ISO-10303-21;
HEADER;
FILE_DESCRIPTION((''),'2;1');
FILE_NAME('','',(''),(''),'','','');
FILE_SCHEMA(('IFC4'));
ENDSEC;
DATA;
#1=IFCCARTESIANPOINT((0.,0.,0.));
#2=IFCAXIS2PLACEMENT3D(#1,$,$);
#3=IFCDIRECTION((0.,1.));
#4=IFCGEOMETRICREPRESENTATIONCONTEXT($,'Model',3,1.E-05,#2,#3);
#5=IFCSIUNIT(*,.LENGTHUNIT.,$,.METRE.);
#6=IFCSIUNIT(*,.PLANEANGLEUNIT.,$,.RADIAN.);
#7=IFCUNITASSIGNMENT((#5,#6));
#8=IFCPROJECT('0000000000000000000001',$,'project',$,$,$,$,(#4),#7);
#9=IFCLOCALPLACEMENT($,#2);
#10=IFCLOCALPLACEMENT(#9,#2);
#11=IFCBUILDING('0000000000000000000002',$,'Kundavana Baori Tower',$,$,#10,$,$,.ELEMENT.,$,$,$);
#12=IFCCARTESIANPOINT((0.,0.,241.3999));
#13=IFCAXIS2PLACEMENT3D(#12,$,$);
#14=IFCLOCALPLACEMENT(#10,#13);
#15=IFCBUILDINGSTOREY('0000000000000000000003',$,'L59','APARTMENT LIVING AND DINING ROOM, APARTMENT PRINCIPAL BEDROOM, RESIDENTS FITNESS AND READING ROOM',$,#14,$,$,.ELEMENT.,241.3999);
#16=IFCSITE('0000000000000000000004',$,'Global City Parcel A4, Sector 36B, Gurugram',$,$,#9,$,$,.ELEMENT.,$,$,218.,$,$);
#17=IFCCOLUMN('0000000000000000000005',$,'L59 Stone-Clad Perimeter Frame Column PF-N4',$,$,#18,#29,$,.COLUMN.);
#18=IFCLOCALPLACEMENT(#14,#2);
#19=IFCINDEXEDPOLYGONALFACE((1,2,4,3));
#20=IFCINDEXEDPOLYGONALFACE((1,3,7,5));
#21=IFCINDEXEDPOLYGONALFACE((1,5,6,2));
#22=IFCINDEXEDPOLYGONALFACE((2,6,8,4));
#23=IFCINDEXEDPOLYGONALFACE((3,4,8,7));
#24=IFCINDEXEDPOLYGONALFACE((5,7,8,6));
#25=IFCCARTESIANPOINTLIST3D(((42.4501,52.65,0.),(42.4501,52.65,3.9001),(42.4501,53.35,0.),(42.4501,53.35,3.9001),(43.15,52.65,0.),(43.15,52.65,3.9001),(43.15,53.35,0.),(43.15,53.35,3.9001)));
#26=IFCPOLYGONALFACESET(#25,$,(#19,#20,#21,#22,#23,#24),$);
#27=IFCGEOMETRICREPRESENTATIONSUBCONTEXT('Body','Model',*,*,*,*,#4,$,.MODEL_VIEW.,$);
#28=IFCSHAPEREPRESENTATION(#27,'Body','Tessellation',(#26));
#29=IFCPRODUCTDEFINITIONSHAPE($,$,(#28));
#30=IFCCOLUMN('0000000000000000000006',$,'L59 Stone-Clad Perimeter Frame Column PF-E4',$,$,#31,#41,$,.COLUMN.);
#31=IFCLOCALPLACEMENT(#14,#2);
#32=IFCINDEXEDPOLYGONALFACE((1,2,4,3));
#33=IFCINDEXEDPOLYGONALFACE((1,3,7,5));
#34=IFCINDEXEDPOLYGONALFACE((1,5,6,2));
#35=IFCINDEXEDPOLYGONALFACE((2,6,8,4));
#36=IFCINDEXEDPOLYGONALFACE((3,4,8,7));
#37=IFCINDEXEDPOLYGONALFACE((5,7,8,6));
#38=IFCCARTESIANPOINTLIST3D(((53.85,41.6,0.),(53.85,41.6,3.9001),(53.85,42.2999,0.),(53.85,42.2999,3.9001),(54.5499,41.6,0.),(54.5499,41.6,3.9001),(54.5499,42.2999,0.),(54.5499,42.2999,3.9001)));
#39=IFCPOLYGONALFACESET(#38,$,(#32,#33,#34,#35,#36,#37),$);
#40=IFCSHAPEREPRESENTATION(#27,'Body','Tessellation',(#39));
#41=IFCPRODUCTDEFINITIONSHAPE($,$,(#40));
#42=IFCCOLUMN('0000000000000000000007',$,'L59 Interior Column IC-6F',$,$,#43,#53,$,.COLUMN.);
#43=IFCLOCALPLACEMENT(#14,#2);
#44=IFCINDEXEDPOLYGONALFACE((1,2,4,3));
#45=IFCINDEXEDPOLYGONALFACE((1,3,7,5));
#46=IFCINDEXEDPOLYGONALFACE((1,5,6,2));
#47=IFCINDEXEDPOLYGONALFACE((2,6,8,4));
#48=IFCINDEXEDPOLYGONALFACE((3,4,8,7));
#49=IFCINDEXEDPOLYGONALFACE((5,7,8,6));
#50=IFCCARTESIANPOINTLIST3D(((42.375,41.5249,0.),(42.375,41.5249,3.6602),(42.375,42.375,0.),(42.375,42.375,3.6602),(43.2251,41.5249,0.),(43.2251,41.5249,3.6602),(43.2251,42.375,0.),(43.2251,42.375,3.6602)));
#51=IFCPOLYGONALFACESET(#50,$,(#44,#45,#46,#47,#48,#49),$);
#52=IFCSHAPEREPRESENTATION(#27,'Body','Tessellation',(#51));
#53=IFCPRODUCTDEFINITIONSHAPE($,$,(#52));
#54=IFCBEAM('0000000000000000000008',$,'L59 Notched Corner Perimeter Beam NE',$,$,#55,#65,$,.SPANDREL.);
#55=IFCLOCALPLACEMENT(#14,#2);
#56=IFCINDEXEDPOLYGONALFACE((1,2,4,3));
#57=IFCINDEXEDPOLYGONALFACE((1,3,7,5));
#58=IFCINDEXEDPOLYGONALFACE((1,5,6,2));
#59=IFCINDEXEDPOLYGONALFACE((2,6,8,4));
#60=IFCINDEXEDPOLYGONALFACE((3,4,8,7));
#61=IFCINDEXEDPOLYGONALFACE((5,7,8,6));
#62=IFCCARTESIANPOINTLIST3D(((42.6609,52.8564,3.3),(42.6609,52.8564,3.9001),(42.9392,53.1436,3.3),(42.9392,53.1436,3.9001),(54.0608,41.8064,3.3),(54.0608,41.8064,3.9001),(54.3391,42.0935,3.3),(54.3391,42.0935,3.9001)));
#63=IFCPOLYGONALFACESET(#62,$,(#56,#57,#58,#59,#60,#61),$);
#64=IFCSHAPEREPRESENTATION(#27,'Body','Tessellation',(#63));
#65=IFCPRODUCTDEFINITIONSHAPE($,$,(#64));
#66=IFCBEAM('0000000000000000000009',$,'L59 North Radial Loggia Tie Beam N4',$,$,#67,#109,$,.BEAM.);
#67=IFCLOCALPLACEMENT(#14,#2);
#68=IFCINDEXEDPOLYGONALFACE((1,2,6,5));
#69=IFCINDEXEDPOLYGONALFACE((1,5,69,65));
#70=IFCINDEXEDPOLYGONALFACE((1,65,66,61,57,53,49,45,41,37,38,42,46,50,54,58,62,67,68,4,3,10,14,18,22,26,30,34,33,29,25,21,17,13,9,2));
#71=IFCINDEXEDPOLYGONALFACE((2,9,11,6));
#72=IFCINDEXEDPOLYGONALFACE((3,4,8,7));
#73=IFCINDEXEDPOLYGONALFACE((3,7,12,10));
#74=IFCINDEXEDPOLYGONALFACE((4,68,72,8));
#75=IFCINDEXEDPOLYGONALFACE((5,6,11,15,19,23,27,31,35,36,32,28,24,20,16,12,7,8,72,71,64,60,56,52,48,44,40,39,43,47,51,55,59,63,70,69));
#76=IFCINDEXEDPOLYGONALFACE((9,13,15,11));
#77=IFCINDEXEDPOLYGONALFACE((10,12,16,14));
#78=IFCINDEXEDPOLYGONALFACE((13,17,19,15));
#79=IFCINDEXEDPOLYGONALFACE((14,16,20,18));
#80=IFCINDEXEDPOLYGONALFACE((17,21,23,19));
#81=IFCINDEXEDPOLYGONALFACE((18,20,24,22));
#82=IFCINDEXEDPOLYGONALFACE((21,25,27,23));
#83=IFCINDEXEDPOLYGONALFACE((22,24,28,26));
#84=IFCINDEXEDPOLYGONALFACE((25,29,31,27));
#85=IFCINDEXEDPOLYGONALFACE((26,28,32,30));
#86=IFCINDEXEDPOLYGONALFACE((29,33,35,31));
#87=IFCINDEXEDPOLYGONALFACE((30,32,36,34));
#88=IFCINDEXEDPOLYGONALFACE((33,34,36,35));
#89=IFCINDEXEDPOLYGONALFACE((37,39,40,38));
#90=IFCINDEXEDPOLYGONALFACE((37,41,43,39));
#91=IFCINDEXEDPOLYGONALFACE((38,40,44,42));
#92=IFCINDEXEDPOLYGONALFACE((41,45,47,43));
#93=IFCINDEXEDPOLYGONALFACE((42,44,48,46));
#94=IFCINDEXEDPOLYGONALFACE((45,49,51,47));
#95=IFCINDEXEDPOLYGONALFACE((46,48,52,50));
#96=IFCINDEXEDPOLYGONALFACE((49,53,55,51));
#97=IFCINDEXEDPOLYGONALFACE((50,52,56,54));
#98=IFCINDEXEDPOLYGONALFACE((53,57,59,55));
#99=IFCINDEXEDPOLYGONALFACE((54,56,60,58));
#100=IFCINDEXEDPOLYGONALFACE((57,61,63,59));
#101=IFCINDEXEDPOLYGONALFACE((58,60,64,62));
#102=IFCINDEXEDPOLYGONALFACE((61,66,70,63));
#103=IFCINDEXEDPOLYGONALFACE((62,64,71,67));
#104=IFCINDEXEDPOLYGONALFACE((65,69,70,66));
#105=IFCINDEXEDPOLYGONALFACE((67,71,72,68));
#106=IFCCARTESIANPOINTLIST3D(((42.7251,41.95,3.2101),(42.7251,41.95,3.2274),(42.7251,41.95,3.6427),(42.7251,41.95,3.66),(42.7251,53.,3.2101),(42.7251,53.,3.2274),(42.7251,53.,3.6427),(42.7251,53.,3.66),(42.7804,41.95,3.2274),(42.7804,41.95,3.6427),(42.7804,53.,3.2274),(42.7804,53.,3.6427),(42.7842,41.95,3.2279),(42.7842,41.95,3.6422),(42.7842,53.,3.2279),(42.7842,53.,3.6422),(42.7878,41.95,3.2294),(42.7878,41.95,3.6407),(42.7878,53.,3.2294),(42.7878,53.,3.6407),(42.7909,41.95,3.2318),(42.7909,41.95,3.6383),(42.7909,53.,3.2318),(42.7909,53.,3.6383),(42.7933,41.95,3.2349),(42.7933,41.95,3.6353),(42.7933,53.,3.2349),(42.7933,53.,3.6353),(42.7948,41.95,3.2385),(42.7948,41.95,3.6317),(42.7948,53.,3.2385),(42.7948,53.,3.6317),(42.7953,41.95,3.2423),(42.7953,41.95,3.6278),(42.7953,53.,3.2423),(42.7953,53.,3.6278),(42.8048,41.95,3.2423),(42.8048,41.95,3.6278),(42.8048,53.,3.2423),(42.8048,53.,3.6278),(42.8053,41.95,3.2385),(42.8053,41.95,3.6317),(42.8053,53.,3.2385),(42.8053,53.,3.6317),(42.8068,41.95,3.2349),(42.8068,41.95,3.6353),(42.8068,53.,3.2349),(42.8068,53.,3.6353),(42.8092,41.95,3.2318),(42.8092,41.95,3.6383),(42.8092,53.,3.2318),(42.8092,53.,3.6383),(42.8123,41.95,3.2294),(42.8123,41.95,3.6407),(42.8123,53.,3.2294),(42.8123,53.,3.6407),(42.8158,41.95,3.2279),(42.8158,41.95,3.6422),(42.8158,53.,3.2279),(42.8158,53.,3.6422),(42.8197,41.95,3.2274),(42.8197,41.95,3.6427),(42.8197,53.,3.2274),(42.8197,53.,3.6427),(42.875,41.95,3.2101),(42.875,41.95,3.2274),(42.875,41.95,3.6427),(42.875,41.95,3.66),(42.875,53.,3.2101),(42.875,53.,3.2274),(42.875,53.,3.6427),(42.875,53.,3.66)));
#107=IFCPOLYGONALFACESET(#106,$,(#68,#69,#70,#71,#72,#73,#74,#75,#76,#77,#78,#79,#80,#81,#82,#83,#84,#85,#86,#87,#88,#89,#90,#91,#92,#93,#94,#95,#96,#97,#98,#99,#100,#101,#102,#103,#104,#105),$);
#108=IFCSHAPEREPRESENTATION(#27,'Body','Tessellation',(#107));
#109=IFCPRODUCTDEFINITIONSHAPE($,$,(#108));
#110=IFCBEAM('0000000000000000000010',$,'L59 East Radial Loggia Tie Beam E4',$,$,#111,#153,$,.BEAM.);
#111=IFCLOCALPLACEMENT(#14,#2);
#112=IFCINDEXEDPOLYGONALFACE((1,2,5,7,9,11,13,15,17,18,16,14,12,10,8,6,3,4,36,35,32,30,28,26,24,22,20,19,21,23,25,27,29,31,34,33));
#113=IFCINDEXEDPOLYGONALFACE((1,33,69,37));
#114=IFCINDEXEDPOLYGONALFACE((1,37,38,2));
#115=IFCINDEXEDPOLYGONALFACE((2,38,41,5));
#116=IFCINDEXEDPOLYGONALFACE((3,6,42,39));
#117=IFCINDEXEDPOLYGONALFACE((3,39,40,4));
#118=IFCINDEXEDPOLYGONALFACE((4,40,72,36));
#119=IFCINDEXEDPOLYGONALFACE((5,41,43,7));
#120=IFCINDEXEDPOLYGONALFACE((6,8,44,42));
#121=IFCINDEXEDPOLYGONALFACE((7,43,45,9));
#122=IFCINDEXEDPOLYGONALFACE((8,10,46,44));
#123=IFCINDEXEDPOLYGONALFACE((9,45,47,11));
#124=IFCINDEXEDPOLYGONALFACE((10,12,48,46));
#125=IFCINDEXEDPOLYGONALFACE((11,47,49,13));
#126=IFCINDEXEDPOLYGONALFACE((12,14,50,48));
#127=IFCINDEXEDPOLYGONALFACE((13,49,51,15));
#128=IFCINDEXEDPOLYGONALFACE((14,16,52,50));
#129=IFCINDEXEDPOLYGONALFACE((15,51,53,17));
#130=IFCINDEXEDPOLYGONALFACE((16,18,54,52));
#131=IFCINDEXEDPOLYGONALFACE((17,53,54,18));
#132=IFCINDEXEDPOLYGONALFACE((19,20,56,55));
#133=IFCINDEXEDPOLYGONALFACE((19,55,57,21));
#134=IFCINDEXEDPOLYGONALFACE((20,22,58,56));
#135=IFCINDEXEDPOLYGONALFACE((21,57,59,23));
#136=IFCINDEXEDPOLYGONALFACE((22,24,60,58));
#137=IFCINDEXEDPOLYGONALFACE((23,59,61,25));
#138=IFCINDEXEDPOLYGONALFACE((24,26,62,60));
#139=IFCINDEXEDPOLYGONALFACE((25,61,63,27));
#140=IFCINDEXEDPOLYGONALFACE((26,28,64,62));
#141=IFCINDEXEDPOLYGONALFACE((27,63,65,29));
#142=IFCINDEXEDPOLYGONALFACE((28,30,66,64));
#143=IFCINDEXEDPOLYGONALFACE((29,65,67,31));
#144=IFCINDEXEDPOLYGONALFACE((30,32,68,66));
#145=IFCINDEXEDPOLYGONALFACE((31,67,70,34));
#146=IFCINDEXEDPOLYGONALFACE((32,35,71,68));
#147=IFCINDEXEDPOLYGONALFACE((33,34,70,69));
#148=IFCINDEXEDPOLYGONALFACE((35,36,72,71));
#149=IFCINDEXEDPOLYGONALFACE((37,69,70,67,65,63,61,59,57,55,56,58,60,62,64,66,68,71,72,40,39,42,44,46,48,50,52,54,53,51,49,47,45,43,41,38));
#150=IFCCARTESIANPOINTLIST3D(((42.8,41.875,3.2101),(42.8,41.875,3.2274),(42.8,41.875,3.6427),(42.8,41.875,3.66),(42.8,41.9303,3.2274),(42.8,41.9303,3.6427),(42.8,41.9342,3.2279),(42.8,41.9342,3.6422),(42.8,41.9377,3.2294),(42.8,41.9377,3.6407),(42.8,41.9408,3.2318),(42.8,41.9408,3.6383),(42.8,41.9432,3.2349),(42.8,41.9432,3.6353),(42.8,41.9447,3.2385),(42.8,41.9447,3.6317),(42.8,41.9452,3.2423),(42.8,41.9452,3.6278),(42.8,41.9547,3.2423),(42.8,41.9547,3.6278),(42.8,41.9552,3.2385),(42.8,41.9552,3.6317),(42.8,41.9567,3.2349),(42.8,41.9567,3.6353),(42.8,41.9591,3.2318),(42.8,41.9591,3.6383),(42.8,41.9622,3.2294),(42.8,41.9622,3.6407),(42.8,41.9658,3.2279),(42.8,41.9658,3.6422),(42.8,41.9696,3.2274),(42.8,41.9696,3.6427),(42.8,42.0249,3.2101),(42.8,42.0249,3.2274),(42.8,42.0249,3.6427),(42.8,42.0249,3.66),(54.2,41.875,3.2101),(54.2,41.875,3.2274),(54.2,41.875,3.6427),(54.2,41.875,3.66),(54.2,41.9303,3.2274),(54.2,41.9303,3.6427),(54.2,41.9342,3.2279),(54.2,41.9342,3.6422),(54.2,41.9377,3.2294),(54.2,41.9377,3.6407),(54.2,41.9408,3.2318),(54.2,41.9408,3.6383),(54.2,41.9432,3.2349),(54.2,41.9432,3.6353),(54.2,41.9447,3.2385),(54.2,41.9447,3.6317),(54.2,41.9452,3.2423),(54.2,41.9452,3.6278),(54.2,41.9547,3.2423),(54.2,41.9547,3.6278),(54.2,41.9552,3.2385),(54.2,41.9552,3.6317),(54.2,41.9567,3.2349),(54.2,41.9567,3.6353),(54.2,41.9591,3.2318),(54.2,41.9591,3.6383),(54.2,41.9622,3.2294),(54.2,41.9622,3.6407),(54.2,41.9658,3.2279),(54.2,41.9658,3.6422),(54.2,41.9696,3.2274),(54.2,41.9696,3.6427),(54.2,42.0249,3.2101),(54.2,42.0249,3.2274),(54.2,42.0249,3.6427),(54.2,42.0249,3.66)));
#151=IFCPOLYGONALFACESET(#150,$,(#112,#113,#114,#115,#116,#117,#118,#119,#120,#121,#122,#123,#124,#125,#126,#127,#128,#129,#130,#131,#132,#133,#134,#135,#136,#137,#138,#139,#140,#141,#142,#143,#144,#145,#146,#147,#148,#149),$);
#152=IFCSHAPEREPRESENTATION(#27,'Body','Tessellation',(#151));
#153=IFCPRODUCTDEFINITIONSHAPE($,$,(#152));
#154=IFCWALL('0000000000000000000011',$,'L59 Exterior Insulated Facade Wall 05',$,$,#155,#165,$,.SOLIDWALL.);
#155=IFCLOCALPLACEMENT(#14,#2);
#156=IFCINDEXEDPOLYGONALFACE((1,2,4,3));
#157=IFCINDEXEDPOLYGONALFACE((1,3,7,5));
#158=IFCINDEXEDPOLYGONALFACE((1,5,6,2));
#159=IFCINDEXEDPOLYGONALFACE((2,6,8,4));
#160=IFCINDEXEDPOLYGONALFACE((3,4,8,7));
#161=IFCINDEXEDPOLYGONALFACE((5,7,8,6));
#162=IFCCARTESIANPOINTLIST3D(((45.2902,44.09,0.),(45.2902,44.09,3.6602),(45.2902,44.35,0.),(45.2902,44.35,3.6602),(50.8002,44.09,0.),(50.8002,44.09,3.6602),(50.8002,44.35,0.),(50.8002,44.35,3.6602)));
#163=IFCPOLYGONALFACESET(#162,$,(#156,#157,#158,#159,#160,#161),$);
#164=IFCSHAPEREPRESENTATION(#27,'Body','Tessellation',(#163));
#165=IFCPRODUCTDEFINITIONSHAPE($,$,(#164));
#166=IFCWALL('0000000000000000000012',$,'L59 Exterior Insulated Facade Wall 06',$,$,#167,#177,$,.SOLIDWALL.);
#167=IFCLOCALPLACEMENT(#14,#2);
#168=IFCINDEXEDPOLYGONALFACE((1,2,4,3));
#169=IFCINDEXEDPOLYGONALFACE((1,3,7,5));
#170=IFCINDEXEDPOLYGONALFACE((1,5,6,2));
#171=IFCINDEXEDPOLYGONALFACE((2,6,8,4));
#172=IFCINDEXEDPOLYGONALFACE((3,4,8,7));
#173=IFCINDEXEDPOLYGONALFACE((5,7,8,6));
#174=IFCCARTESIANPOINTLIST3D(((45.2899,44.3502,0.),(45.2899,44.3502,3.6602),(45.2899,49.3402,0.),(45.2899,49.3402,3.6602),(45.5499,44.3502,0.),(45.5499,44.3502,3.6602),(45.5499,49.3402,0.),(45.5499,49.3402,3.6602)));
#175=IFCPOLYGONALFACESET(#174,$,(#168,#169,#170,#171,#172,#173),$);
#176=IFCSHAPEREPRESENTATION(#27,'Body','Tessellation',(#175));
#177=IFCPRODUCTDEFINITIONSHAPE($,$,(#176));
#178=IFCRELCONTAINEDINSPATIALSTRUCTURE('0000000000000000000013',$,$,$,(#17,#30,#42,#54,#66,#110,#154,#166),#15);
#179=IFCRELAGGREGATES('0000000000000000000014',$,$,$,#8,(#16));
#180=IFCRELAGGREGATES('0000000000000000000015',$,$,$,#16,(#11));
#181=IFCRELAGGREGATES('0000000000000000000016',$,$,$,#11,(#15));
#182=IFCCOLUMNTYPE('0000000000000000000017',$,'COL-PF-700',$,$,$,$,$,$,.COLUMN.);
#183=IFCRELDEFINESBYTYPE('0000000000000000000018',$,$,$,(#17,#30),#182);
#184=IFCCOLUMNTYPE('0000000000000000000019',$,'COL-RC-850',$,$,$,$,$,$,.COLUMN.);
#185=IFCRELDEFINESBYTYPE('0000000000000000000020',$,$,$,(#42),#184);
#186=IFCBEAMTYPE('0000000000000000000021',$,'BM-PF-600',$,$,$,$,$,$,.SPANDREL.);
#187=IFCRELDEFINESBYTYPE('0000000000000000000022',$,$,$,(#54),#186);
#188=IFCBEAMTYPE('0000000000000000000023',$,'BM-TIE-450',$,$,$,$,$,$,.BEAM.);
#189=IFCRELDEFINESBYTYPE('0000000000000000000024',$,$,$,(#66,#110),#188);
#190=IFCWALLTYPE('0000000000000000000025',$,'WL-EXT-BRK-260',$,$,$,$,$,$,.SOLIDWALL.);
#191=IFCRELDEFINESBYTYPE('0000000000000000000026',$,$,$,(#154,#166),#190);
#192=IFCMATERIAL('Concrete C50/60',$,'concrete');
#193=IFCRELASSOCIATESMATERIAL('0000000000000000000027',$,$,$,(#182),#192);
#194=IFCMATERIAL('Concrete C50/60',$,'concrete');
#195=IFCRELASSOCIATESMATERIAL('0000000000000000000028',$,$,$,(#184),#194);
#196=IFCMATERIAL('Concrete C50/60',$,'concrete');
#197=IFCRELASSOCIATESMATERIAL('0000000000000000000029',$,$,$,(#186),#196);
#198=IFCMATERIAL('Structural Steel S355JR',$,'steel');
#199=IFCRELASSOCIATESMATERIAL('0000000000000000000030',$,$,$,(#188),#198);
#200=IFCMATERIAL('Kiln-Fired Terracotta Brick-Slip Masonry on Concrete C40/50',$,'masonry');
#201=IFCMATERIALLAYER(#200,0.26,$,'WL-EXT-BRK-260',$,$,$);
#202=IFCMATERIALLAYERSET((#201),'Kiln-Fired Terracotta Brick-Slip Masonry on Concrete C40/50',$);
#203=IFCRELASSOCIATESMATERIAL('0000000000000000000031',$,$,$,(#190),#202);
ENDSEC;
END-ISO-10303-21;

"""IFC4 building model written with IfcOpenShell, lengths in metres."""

from ifc_helpers import new_model, si_unit, direction, frame, frame_2d, origin, origin_2d, place, context, subcontext, project, spatial, rectangle, i_section, extrude, material, layer, layer_set, material_profile, profile_set, type_object, element, save


model = new_model("IFC4")

# Units and contexts
model_context = context("Model", 3, precision=1e-05, world=origin(), true_north=direction((0.0, 1.0)))
body_context = subcontext(model_context, "Body", "Model", "MODEL_VIEW")
ifc_project = project(units=[si_unit("LENGTHUNIT", "METRE"), si_unit("PLANEANGLEUNIT", "RADIAN")], contexts=[model_context])

# Site, building, storey
site_placement = place(None, origin())
site = spatial("IfcSite", under=ifc_project, at=site_placement, Name="Global City Parcel A4, Sector 36B, Gurugram", CompositionType="ELEMENT", RefElevation=218.0)
building_placement = place(site_placement, origin())
building = spatial("IfcBuilding", under=site, at=building_placement, Name="Kundavana Baori Tower", CompositionType="ELEMENT")
storey_placement = place(building_placement, frame((0.0, 0.0, 241.3999)))
storey = spatial("IfcBuildingStorey", under=building, at=storey_placement, Name="L59", Description="APARTMENT LIVING AND DINING ROOM, APARTMENT PRINCIPAL BEDROOM, RESIDENTS FITNESS AND READING ROOM", CompositionType="ELEMENT", Elevation=241.3999)

# Columns
ifc_material_1 = material(Name="Concrete C50/60", Category="concrete")
ifc_material_profile_1 = material_profile(ifc_material_1, rectangle(XDim=0.7, YDim=0.7, at=origin_2d()), Name="RC PF 700x700")
ifc_profile_set_1 = profile_set([ifc_material_profile_1], Name="Concrete C50/60")
column_type_1 = type_object("IfcColumnType", Name="COL-PF-700", PredefinedType="COLUMN", material=ifc_profile_set_1)
for number, where, z_axis, x_axis, name in (
    (1, (42.8, 53.0, 0.0), (0.0, 0.0, 1.0), (1.0, 0.0, 0.0), "L59 Stone-Clad Perimeter Frame Column PF-N4"),
    (2, (54.2, 41.95, 0.0), (0.0, 0.0, 1.0), (1.0, 0.0, 0.0), "L59 Stone-Clad Perimeter Frame Column PF-E4"),
):
    element("IfcColumn", number, at=place(storey_placement, frame(where, z_axis=z_axis, x_axis=x_axis)), inside=storey, type_object=column_type_1, Name=name, PredefinedType="COLUMN", context=body_context, shape_type="SweptSolid", body=[
        extrude(rectangle(XDim=0.7, YDim=0.7, at=origin_2d()), origin(), (0.0, 0.0, 1.0), 3.9001),
    ])
ifc_material_2 = material(Name="Concrete C50/60", Category="concrete")
ifc_material_profile_2 = material_profile(ifc_material_2, rectangle(XDim=0.8501, YDim=0.8501, at=origin_2d()), Name="RC 850x850")
ifc_profile_set_2 = profile_set([ifc_material_profile_2], Name="Concrete C50/60")
column_type_2 = type_object("IfcColumnType", Name="COL-RC-850", PredefinedType="COLUMN", material=ifc_profile_set_2)
column_placement = place(storey_placement, frame((42.8, 41.95, 0.0), z_axis=(0.0, 0.0, 1.0), x_axis=(1.0, 0.0, 0.0)))
element("IfcColumn", 3, at=column_placement, inside=storey, type_object=column_type_2, Name="L59 Interior Column IC-6F", PredefinedType="COLUMN", context=body_context, shape_type="SweptSolid", body=[
    extrude(rectangle(XDim=0.8501, YDim=0.8501, at=origin_2d()), origin(), (0.0, 0.0, 1.0), 3.6602),
])

# Beams
ifc_material_3 = material(Name="Concrete C50/60", Category="concrete")
ifc_material_profile_3 = material_profile(ifc_material_3, rectangle(XDim=0.3999, YDim=0.6001, at=origin_2d()), Name="RC BM 400x600")
ifc_profile_set_3 = profile_set([ifc_material_profile_3], Name="Concrete C50/60")
beam_type_1 = type_object("IfcBeamType", Name="BM-PF-600", PredefinedType="SPANDREL", material=ifc_profile_set_3)
beam_1_placement = place(storey_placement, frame((42.8, 53.0, 3.6001), z_axis=(0.718039, -0.696003, 0.0), x_axis=(0.696003, 0.718039, 0.0)))
element("IfcBeam", 4, at=beam_1_placement, inside=storey, type_object=beam_type_1, Name="L59 Notched Corner Perimeter Beam NE", PredefinedType="SPANDREL", context=body_context, shape_type="SweptSolid", body=[
    extrude(rectangle(XDim=0.3999, YDim=0.6001, at=origin_2d()), origin(), (0.0, 0.0, 1.0), 15.8765),
])
ifc_material_4 = material(Name="Structural Steel S355JR", Category="steel")
ifc_material_profile_4 = material_profile(ifc_material_4, i_section(OverallWidth=0.1499, OverallDepth=0.45, WebThickness=0.0095, FlangeThickness=0.0173, FilletRadius=0.0149, at=origin_2d()), Name="ISMB 450")
ifc_profile_set_4 = profile_set([ifc_material_profile_4], Name="Structural Steel S355JR")
beam_type_2 = type_object("IfcBeamType", Name="BM-TIE-450", PredefinedType="BEAM", material=ifc_profile_set_4)
beam_2_placement = place(storey_placement, frame((42.8, 41.95, 3.4351), z_axis=(0.0, 1.0, 0.0), x_axis=(-1.0, 0.0, 0.0)))
element("IfcBeam", 5, at=beam_2_placement, inside=storey, type_object=beam_type_2, Name="L59 North Radial Loggia Tie Beam N4", PredefinedType="BEAM", context=body_context, shape_type="SweptSolid", body=[
    extrude(i_section(OverallWidth=0.1499, OverallDepth=0.45, WebThickness=0.0095, FlangeThickness=0.0173, FilletRadius=0.0149, at=origin_2d()), origin(), (0.0, 0.0, 1.0), 11.05),
])
beam_3_placement = place(storey_placement, frame((42.8, 41.95, 3.4351), z_axis=(1.0, 0.0, 0.0), x_axis=(0.0, 1.0, 0.0)))
element("IfcBeam", 6, at=beam_3_placement, inside=storey, type_object=beam_type_2, Name="L59 East Radial Loggia Tie Beam E4", PredefinedType="BEAM", context=body_context, shape_type="SweptSolid", body=[
    extrude(i_section(OverallWidth=0.1499, OverallDepth=0.45, WebThickness=0.0095, FlangeThickness=0.0173, FilletRadius=0.0149, at=origin_2d()), origin(), (0.0, 0.0, 1.0), 11.3999),
])

# Walls
ifc_material_5 = material(Name="Kiln-Fired Terracotta Brick-Slip Masonry on Concrete C40/50", Category="masonry")
ifc_layer_1 = layer(ifc_material_5, 0.26, Name="WL-EXT-BRK-260")
ifc_layer_set_1 = layer_set([ifc_layer_1], Name="Kiln-Fired Terracotta Brick-Slip Masonry on Concrete C40/50")
wall_type_1 = type_object("IfcWallType", Name="WL-EXT-BRK-260", PredefinedType="SOLIDWALL", material=ifc_layer_set_1)
wall_1_placement = place(storey_placement, frame((50.8, 44.22, 0.0), z_axis=(0.0, 0.0, 1.0), x_axis=(-1.0, 0.0, 0.0)))
element("IfcWall", 7, at=wall_1_placement, inside=storey, type_object=wall_type_1, Name="L59 Exterior Insulated Facade Wall 05", PredefinedType="SOLIDWALL", context=body_context, shape_type="SweptSolid", body=[
    extrude(rectangle(XDim=5.51, YDim=0.26, at=frame_2d((2.7549, 0.0))), origin(), (0.0, 0.0, 1.0), 3.6602),
])
wall_2_placement = place(storey_placement, frame((45.4199, 44.3501, 0.0), z_axis=(0.0, 0.0, 1.0), x_axis=(0.0, 1.0, 0.0)))
element("IfcWall", 8, at=wall_2_placement, inside=storey, type_object=wall_type_1, Name="L59 Exterior Insulated Facade Wall 06", PredefinedType="SOLIDWALL", context=body_context, shape_type="SweptSolid", body=[
    extrude(rectangle(XDim=4.99, YDim=0.26, at=frame_2d((2.4951, 0.0))), origin(), (0.0, 0.0, 1.0), 3.6602),
])

save(model, "model.ifc")
